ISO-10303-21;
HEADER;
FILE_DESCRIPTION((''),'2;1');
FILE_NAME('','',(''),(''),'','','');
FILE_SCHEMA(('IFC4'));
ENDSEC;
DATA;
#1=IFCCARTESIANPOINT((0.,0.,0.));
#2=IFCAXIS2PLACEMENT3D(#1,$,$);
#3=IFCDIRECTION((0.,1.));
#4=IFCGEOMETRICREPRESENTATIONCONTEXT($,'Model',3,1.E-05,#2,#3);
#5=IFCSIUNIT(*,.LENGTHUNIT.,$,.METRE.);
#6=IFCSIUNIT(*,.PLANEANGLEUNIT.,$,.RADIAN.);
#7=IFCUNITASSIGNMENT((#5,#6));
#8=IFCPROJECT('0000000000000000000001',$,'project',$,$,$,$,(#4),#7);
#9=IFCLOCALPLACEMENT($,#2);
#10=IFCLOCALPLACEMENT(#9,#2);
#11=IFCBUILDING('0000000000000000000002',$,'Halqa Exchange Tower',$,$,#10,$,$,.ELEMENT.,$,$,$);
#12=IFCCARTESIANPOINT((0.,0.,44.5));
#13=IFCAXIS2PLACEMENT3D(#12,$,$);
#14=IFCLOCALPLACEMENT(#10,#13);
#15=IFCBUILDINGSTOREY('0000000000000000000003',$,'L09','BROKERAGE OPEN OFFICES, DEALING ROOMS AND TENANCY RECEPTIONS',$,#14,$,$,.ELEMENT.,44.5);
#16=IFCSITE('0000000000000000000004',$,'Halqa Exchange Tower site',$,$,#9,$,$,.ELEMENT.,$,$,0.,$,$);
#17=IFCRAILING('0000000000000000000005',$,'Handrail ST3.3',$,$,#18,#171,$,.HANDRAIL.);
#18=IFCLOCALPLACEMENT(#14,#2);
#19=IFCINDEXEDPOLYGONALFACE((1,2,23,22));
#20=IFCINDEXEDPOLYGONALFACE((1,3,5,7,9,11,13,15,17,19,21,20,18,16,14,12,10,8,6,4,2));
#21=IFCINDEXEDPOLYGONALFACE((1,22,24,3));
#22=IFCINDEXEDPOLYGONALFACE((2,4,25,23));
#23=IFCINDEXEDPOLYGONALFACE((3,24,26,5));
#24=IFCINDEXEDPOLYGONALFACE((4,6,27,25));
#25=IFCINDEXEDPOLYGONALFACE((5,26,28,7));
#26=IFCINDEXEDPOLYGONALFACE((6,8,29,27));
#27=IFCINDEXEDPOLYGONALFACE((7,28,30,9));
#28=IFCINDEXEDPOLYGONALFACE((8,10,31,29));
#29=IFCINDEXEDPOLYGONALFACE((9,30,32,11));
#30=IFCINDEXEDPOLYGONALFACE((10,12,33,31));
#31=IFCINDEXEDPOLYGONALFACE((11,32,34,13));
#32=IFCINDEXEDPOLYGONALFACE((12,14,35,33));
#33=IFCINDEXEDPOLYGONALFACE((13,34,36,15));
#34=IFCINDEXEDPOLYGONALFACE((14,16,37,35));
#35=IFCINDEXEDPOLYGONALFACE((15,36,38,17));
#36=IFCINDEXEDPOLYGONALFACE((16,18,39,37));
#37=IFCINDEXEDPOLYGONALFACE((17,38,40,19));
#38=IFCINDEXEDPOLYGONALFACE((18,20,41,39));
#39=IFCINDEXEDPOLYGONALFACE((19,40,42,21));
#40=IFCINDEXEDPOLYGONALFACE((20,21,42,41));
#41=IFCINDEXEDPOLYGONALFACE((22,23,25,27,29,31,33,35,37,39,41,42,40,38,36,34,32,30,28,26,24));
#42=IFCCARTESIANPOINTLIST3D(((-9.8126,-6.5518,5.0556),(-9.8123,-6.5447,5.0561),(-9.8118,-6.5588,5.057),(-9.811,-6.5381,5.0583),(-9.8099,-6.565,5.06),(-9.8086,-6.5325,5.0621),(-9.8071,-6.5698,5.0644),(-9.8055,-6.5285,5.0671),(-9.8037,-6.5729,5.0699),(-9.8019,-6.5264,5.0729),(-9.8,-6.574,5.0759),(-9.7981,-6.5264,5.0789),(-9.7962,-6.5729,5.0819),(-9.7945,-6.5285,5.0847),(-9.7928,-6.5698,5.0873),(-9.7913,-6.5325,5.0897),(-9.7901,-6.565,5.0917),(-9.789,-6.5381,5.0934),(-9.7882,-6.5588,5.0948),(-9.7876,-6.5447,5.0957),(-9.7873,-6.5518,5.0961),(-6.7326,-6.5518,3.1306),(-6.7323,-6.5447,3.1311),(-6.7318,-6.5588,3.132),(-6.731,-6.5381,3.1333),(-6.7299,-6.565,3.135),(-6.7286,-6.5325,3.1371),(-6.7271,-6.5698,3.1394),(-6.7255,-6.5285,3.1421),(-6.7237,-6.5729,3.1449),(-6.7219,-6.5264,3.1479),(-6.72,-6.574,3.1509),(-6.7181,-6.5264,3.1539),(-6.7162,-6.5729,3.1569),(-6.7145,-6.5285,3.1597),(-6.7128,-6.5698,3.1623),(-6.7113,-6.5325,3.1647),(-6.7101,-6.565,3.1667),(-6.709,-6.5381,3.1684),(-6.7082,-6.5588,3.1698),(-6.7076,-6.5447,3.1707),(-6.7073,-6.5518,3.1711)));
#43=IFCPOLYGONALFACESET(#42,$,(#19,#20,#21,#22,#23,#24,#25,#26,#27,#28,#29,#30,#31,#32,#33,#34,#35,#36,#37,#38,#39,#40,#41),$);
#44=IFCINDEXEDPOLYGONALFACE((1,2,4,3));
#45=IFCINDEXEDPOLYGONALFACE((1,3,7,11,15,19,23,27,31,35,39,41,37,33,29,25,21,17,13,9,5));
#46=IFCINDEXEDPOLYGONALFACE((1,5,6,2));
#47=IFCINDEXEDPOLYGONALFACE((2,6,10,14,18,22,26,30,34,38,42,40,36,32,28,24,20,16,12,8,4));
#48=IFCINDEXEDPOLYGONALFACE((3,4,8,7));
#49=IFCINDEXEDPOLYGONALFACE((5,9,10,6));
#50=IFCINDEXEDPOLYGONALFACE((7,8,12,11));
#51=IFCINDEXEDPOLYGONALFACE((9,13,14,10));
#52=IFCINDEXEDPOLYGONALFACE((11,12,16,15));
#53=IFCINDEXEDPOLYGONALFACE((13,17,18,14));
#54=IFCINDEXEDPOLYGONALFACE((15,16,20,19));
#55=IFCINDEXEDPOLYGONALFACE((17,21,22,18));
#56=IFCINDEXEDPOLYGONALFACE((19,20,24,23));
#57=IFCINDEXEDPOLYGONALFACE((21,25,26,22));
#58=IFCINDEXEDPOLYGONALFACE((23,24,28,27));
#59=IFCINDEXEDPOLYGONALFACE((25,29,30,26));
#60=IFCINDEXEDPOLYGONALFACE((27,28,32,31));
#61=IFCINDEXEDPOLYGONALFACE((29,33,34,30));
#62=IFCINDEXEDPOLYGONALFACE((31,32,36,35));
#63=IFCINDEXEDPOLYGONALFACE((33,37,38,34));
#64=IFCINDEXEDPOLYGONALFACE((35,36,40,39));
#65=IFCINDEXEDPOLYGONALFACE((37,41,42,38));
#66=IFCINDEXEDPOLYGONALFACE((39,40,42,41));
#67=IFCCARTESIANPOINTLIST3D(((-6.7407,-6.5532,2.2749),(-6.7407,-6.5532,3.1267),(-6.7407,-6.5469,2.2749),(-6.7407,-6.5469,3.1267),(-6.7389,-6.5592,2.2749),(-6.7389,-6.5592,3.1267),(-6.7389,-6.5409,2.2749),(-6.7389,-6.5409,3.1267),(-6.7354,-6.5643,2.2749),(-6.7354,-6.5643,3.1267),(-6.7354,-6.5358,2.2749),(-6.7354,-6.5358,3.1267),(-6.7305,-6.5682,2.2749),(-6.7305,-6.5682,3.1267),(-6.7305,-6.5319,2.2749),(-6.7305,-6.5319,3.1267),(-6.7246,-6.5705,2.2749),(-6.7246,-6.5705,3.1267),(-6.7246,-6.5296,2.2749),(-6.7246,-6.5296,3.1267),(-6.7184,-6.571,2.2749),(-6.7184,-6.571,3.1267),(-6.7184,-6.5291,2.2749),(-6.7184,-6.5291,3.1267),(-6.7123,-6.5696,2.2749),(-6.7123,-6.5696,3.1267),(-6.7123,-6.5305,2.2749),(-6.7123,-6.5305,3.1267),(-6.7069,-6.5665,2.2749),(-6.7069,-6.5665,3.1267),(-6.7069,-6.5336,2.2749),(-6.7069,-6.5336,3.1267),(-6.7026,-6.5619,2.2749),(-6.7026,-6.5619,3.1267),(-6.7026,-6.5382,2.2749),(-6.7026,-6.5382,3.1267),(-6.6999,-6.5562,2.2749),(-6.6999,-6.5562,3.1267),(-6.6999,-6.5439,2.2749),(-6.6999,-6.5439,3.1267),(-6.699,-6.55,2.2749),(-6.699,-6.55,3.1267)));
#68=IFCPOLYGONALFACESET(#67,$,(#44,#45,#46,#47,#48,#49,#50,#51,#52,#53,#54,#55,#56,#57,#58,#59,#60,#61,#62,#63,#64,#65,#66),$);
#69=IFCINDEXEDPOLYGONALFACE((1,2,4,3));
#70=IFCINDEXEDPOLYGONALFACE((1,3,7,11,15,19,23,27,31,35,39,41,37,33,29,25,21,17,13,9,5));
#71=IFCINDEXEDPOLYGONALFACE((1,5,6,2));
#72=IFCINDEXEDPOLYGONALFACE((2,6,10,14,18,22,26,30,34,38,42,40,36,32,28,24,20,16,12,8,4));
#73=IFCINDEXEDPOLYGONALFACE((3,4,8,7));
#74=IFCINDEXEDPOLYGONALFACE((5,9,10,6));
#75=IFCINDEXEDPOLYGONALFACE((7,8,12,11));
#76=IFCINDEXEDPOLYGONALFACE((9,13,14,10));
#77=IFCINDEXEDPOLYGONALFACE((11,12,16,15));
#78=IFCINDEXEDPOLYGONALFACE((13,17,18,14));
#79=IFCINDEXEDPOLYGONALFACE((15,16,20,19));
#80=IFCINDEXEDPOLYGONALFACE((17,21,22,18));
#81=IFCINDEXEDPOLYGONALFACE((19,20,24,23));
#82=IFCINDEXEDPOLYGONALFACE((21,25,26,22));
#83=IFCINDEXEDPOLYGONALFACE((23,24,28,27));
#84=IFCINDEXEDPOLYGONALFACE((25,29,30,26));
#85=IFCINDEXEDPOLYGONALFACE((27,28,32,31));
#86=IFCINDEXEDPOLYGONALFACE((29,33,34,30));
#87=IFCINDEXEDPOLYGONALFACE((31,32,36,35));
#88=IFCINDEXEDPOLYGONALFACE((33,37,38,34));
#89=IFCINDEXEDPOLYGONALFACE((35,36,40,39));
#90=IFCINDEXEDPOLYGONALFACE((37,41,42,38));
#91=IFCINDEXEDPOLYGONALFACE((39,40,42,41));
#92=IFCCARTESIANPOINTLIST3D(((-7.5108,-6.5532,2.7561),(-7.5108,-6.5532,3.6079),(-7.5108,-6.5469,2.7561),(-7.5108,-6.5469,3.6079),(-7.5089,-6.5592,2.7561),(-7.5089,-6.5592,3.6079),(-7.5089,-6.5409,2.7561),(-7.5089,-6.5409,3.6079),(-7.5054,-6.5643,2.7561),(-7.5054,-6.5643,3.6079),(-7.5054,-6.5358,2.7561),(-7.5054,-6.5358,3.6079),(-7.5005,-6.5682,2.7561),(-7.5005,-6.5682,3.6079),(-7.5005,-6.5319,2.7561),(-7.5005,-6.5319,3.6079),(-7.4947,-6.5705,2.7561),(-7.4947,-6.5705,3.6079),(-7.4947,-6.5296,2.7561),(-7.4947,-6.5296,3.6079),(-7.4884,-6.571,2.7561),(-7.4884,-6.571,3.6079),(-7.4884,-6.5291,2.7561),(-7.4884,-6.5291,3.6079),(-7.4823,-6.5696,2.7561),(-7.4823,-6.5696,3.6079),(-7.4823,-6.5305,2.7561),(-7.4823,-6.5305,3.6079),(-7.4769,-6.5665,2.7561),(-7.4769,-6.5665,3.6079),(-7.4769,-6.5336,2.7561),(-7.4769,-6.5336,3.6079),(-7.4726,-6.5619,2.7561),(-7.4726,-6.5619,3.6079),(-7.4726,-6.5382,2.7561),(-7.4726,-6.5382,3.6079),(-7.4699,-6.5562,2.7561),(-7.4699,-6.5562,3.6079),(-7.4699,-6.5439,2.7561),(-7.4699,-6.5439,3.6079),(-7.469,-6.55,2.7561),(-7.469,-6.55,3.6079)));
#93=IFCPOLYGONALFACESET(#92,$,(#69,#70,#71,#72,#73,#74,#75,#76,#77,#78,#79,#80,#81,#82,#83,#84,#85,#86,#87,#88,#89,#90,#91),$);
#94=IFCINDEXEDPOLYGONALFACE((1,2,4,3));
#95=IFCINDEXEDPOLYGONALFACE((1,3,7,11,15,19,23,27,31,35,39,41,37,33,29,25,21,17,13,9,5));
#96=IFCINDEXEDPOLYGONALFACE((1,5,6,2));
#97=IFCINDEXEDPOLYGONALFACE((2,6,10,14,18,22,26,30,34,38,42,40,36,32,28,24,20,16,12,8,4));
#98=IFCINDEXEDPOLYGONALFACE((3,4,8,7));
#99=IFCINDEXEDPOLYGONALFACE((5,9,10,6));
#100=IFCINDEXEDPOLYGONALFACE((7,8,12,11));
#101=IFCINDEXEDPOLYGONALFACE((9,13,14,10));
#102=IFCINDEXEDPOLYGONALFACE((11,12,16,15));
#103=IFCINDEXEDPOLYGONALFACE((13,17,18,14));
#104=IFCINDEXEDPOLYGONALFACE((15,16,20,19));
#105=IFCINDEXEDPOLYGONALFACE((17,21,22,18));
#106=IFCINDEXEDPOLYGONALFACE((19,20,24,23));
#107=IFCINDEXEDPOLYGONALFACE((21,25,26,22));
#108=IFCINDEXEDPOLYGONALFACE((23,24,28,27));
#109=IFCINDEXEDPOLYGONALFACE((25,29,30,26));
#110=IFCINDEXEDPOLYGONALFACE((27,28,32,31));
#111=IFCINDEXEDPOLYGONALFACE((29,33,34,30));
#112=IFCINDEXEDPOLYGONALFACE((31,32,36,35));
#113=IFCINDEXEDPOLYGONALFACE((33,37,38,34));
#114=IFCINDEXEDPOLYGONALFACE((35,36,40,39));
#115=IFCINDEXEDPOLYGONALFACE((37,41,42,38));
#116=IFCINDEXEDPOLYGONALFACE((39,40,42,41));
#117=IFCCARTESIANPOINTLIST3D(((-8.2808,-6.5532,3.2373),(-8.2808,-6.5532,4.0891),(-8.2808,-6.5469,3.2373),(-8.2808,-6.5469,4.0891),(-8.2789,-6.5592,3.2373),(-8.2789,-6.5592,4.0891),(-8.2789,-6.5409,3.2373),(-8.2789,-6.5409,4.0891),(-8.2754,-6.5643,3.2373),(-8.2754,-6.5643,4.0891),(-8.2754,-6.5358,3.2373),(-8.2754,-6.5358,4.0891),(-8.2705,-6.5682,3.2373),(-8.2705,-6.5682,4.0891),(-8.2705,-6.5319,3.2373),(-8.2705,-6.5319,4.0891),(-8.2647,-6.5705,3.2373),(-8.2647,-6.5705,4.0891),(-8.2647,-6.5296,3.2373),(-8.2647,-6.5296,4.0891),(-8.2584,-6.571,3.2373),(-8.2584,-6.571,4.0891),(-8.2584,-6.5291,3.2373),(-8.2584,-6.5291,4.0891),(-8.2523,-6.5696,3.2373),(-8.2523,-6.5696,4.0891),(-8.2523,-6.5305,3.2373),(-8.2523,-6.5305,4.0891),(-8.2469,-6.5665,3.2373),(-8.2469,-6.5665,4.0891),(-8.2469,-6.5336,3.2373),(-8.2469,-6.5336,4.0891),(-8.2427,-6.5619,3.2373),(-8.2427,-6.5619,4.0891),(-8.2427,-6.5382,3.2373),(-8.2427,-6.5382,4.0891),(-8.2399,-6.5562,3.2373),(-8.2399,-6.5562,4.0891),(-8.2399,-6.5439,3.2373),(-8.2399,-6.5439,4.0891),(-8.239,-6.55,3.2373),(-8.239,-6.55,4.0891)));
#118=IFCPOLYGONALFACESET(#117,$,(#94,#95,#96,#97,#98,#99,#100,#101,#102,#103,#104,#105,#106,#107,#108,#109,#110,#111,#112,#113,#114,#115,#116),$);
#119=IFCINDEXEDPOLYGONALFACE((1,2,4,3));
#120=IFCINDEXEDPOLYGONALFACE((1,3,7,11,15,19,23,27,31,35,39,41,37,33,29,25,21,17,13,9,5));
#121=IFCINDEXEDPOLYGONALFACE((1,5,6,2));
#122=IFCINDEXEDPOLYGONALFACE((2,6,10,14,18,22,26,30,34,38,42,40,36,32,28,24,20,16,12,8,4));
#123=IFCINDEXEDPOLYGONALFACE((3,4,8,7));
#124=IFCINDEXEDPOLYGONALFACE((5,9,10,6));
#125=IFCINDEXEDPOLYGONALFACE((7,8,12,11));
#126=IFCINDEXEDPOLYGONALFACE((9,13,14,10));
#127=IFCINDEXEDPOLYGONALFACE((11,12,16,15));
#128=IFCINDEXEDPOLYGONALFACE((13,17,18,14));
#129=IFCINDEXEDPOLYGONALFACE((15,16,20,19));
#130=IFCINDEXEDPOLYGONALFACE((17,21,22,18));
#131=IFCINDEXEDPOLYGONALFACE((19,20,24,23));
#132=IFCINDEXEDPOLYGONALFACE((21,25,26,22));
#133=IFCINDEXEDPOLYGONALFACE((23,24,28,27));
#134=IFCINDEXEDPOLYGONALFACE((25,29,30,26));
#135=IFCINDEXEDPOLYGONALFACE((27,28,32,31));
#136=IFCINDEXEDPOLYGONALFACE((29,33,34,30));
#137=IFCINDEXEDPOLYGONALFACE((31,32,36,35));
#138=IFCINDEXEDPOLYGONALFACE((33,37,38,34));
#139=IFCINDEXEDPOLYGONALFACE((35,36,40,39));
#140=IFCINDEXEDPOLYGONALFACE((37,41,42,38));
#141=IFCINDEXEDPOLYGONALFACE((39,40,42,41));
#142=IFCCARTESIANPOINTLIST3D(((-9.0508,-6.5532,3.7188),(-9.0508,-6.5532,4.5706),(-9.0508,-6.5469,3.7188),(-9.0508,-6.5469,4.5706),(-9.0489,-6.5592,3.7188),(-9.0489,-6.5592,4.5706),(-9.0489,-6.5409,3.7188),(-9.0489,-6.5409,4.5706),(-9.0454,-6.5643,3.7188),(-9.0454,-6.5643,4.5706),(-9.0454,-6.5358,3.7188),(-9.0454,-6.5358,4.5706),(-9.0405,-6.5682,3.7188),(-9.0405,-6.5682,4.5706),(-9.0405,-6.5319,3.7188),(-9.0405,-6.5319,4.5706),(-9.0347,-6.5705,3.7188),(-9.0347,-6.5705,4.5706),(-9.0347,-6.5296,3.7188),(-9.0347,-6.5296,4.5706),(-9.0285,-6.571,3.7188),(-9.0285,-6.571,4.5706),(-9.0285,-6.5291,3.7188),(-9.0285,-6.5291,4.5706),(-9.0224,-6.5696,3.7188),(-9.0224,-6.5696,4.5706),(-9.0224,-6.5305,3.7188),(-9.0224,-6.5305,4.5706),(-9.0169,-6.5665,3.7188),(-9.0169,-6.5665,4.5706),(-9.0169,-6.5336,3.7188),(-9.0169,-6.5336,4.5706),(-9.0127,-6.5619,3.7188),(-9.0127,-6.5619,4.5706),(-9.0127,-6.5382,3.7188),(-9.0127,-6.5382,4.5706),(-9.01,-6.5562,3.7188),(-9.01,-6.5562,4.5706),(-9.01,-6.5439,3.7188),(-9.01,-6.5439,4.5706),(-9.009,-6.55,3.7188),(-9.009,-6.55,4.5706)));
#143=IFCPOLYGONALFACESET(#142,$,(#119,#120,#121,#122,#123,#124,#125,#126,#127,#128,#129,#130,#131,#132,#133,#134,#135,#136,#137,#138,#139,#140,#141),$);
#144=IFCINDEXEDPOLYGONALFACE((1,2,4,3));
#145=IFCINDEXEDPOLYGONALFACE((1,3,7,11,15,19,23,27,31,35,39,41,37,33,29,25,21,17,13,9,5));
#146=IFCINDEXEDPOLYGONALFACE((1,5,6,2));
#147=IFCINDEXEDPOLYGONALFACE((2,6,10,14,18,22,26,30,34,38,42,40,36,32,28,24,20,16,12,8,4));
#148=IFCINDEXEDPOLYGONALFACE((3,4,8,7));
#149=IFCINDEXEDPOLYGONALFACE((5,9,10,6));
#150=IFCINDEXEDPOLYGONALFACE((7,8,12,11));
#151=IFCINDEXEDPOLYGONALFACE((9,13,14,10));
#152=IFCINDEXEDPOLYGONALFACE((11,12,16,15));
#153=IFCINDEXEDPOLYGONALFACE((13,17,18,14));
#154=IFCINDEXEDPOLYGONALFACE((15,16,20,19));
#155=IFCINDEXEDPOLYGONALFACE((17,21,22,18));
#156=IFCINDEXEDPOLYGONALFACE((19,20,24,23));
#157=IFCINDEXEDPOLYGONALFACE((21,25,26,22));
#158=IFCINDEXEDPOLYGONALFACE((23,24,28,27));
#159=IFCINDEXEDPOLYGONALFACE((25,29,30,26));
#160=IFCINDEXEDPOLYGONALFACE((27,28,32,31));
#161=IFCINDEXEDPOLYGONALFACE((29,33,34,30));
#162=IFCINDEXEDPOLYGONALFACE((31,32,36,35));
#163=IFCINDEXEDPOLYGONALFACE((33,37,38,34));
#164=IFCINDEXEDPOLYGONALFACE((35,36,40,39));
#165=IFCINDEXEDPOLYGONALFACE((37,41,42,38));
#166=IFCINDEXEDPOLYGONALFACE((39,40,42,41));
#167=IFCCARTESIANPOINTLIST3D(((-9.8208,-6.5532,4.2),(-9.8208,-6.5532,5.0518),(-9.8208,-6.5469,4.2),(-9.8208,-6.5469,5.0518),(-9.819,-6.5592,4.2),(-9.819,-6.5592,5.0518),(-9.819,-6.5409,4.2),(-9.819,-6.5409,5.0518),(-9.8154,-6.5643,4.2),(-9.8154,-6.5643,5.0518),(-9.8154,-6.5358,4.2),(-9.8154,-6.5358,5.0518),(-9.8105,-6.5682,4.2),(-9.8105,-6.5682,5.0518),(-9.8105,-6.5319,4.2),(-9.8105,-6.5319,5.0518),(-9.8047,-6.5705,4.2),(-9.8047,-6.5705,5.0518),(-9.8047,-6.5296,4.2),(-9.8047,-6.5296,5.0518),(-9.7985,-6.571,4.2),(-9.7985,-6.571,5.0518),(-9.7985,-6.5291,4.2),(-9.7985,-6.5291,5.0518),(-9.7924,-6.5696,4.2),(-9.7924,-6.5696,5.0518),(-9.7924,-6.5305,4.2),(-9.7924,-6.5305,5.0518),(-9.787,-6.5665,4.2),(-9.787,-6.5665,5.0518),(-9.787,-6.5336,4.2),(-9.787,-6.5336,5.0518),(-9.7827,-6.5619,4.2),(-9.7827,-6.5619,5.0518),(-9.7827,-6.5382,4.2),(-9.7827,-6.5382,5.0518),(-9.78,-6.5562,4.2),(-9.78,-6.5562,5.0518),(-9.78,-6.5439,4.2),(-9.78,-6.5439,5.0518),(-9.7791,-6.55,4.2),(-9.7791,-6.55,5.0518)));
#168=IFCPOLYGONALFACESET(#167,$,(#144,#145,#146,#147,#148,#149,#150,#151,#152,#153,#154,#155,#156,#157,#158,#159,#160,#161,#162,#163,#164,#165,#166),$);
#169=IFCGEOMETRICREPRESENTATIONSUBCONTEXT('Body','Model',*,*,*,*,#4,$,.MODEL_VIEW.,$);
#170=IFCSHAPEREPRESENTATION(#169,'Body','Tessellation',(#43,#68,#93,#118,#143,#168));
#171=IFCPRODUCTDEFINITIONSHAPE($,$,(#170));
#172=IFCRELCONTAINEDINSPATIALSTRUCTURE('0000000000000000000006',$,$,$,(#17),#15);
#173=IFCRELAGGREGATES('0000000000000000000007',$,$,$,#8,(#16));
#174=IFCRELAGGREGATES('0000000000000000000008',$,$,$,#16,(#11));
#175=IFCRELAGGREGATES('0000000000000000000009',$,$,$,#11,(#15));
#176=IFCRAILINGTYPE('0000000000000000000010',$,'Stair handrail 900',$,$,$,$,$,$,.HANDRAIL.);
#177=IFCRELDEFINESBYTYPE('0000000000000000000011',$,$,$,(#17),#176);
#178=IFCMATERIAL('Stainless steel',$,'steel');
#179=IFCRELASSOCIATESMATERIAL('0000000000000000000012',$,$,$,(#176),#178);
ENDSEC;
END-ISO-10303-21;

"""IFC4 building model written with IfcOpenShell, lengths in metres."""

from ifc_helpers import new_model, si_unit, direction, frame, origin, origin_2d, place, context, subcontext, project, spatial, circle, extrude, material, type_object, element, save


model = new_model("IFC4")

# Units and contexts
model_context = context("Model", 3, precision=1e-05, world=origin(), true_north=direction((0.0, 1.0)))
body_context = subcontext(model_context, "Body", "Model", "MODEL_VIEW")
ifc_project = project(units=[si_unit("LENGTHUNIT", "METRE"), si_unit("PLANEANGLEUNIT", "RADIAN")], contexts=[model_context])

# Site, building, storey
site_placement = place(None, origin())
site = spatial("IfcSite", under=ifc_project, at=site_placement, Name="Halqa Exchange Tower site", CompositionType="ELEMENT", RefElevation=0.0)
building_placement = place(site_placement, origin())
building = spatial("IfcBuilding", under=site, at=building_placement, Name="Halqa Exchange Tower", CompositionType="ELEMENT")
storey_placement = place(building_placement, frame((0.0, 0.0, 44.5)))
storey = spatial("IfcBuildingStorey", under=building, at=storey_placement, Name="L09", Description="BROKERAGE OPEN OFFICES, DEALING ROOMS AND TENANCY RECEPTIONS", CompositionType="ELEMENT", Elevation=44.5)

# Shared definitions
ifc_material_1 = material(Name="Stainless steel", Category="steel")

# Railing
railing_type_1 = type_object("IfcRailingType", Name="Stair handrail 900", PredefinedType="HANDRAIL", material=ifc_material_1)
railing_1_placement = place(storey_placement, frame((-6.72, -6.55, 2.2749)))
element("IfcRailing", 1, at=railing_1_placement, inside=storey, type_object=railing_type_1, Name="Handrail ST3.3", PredefinedType="HANDRAIL", context=body_context, shape_type="SweptSolid", body=[
    extrude(circle(Radius=0.0239, at=origin_2d()), frame((0.0, 0.0, 0.876), z_axis=(-0.847998, 0.0, 0.529999), x_axis=(0.0, -1.0, 0.0)), (0.0, 0.0, 1.0), 3.6321),
    extrude(circle(Radius=0.021, at=origin_2d()), origin(), (0.0, 0.0, 1.0), 0.8518),
    extrude(circle(Radius=0.021, at=origin_2d()), frame((-0.77, 0.0, 0.4812)), (0.0, 0.0, 1.0), 0.8518),
    extrude(circle(Radius=0.021, at=origin_2d()), frame((-1.54, 0.0, 0.9624)), (0.0, 0.0, 1.0), 0.8518),
    extrude(circle(Radius=0.021, at=origin_2d()), frame((-2.3101, 0.0, 1.4438)), (0.0, 0.0, 1.0), 0.8518),
    extrude(circle(Radius=0.021, at=origin_2d()), frame((-3.0801, 0.0, 1.925)), (0.0, 0.0, 1.0), 0.8518),
])

save(model, "model.ifc")
